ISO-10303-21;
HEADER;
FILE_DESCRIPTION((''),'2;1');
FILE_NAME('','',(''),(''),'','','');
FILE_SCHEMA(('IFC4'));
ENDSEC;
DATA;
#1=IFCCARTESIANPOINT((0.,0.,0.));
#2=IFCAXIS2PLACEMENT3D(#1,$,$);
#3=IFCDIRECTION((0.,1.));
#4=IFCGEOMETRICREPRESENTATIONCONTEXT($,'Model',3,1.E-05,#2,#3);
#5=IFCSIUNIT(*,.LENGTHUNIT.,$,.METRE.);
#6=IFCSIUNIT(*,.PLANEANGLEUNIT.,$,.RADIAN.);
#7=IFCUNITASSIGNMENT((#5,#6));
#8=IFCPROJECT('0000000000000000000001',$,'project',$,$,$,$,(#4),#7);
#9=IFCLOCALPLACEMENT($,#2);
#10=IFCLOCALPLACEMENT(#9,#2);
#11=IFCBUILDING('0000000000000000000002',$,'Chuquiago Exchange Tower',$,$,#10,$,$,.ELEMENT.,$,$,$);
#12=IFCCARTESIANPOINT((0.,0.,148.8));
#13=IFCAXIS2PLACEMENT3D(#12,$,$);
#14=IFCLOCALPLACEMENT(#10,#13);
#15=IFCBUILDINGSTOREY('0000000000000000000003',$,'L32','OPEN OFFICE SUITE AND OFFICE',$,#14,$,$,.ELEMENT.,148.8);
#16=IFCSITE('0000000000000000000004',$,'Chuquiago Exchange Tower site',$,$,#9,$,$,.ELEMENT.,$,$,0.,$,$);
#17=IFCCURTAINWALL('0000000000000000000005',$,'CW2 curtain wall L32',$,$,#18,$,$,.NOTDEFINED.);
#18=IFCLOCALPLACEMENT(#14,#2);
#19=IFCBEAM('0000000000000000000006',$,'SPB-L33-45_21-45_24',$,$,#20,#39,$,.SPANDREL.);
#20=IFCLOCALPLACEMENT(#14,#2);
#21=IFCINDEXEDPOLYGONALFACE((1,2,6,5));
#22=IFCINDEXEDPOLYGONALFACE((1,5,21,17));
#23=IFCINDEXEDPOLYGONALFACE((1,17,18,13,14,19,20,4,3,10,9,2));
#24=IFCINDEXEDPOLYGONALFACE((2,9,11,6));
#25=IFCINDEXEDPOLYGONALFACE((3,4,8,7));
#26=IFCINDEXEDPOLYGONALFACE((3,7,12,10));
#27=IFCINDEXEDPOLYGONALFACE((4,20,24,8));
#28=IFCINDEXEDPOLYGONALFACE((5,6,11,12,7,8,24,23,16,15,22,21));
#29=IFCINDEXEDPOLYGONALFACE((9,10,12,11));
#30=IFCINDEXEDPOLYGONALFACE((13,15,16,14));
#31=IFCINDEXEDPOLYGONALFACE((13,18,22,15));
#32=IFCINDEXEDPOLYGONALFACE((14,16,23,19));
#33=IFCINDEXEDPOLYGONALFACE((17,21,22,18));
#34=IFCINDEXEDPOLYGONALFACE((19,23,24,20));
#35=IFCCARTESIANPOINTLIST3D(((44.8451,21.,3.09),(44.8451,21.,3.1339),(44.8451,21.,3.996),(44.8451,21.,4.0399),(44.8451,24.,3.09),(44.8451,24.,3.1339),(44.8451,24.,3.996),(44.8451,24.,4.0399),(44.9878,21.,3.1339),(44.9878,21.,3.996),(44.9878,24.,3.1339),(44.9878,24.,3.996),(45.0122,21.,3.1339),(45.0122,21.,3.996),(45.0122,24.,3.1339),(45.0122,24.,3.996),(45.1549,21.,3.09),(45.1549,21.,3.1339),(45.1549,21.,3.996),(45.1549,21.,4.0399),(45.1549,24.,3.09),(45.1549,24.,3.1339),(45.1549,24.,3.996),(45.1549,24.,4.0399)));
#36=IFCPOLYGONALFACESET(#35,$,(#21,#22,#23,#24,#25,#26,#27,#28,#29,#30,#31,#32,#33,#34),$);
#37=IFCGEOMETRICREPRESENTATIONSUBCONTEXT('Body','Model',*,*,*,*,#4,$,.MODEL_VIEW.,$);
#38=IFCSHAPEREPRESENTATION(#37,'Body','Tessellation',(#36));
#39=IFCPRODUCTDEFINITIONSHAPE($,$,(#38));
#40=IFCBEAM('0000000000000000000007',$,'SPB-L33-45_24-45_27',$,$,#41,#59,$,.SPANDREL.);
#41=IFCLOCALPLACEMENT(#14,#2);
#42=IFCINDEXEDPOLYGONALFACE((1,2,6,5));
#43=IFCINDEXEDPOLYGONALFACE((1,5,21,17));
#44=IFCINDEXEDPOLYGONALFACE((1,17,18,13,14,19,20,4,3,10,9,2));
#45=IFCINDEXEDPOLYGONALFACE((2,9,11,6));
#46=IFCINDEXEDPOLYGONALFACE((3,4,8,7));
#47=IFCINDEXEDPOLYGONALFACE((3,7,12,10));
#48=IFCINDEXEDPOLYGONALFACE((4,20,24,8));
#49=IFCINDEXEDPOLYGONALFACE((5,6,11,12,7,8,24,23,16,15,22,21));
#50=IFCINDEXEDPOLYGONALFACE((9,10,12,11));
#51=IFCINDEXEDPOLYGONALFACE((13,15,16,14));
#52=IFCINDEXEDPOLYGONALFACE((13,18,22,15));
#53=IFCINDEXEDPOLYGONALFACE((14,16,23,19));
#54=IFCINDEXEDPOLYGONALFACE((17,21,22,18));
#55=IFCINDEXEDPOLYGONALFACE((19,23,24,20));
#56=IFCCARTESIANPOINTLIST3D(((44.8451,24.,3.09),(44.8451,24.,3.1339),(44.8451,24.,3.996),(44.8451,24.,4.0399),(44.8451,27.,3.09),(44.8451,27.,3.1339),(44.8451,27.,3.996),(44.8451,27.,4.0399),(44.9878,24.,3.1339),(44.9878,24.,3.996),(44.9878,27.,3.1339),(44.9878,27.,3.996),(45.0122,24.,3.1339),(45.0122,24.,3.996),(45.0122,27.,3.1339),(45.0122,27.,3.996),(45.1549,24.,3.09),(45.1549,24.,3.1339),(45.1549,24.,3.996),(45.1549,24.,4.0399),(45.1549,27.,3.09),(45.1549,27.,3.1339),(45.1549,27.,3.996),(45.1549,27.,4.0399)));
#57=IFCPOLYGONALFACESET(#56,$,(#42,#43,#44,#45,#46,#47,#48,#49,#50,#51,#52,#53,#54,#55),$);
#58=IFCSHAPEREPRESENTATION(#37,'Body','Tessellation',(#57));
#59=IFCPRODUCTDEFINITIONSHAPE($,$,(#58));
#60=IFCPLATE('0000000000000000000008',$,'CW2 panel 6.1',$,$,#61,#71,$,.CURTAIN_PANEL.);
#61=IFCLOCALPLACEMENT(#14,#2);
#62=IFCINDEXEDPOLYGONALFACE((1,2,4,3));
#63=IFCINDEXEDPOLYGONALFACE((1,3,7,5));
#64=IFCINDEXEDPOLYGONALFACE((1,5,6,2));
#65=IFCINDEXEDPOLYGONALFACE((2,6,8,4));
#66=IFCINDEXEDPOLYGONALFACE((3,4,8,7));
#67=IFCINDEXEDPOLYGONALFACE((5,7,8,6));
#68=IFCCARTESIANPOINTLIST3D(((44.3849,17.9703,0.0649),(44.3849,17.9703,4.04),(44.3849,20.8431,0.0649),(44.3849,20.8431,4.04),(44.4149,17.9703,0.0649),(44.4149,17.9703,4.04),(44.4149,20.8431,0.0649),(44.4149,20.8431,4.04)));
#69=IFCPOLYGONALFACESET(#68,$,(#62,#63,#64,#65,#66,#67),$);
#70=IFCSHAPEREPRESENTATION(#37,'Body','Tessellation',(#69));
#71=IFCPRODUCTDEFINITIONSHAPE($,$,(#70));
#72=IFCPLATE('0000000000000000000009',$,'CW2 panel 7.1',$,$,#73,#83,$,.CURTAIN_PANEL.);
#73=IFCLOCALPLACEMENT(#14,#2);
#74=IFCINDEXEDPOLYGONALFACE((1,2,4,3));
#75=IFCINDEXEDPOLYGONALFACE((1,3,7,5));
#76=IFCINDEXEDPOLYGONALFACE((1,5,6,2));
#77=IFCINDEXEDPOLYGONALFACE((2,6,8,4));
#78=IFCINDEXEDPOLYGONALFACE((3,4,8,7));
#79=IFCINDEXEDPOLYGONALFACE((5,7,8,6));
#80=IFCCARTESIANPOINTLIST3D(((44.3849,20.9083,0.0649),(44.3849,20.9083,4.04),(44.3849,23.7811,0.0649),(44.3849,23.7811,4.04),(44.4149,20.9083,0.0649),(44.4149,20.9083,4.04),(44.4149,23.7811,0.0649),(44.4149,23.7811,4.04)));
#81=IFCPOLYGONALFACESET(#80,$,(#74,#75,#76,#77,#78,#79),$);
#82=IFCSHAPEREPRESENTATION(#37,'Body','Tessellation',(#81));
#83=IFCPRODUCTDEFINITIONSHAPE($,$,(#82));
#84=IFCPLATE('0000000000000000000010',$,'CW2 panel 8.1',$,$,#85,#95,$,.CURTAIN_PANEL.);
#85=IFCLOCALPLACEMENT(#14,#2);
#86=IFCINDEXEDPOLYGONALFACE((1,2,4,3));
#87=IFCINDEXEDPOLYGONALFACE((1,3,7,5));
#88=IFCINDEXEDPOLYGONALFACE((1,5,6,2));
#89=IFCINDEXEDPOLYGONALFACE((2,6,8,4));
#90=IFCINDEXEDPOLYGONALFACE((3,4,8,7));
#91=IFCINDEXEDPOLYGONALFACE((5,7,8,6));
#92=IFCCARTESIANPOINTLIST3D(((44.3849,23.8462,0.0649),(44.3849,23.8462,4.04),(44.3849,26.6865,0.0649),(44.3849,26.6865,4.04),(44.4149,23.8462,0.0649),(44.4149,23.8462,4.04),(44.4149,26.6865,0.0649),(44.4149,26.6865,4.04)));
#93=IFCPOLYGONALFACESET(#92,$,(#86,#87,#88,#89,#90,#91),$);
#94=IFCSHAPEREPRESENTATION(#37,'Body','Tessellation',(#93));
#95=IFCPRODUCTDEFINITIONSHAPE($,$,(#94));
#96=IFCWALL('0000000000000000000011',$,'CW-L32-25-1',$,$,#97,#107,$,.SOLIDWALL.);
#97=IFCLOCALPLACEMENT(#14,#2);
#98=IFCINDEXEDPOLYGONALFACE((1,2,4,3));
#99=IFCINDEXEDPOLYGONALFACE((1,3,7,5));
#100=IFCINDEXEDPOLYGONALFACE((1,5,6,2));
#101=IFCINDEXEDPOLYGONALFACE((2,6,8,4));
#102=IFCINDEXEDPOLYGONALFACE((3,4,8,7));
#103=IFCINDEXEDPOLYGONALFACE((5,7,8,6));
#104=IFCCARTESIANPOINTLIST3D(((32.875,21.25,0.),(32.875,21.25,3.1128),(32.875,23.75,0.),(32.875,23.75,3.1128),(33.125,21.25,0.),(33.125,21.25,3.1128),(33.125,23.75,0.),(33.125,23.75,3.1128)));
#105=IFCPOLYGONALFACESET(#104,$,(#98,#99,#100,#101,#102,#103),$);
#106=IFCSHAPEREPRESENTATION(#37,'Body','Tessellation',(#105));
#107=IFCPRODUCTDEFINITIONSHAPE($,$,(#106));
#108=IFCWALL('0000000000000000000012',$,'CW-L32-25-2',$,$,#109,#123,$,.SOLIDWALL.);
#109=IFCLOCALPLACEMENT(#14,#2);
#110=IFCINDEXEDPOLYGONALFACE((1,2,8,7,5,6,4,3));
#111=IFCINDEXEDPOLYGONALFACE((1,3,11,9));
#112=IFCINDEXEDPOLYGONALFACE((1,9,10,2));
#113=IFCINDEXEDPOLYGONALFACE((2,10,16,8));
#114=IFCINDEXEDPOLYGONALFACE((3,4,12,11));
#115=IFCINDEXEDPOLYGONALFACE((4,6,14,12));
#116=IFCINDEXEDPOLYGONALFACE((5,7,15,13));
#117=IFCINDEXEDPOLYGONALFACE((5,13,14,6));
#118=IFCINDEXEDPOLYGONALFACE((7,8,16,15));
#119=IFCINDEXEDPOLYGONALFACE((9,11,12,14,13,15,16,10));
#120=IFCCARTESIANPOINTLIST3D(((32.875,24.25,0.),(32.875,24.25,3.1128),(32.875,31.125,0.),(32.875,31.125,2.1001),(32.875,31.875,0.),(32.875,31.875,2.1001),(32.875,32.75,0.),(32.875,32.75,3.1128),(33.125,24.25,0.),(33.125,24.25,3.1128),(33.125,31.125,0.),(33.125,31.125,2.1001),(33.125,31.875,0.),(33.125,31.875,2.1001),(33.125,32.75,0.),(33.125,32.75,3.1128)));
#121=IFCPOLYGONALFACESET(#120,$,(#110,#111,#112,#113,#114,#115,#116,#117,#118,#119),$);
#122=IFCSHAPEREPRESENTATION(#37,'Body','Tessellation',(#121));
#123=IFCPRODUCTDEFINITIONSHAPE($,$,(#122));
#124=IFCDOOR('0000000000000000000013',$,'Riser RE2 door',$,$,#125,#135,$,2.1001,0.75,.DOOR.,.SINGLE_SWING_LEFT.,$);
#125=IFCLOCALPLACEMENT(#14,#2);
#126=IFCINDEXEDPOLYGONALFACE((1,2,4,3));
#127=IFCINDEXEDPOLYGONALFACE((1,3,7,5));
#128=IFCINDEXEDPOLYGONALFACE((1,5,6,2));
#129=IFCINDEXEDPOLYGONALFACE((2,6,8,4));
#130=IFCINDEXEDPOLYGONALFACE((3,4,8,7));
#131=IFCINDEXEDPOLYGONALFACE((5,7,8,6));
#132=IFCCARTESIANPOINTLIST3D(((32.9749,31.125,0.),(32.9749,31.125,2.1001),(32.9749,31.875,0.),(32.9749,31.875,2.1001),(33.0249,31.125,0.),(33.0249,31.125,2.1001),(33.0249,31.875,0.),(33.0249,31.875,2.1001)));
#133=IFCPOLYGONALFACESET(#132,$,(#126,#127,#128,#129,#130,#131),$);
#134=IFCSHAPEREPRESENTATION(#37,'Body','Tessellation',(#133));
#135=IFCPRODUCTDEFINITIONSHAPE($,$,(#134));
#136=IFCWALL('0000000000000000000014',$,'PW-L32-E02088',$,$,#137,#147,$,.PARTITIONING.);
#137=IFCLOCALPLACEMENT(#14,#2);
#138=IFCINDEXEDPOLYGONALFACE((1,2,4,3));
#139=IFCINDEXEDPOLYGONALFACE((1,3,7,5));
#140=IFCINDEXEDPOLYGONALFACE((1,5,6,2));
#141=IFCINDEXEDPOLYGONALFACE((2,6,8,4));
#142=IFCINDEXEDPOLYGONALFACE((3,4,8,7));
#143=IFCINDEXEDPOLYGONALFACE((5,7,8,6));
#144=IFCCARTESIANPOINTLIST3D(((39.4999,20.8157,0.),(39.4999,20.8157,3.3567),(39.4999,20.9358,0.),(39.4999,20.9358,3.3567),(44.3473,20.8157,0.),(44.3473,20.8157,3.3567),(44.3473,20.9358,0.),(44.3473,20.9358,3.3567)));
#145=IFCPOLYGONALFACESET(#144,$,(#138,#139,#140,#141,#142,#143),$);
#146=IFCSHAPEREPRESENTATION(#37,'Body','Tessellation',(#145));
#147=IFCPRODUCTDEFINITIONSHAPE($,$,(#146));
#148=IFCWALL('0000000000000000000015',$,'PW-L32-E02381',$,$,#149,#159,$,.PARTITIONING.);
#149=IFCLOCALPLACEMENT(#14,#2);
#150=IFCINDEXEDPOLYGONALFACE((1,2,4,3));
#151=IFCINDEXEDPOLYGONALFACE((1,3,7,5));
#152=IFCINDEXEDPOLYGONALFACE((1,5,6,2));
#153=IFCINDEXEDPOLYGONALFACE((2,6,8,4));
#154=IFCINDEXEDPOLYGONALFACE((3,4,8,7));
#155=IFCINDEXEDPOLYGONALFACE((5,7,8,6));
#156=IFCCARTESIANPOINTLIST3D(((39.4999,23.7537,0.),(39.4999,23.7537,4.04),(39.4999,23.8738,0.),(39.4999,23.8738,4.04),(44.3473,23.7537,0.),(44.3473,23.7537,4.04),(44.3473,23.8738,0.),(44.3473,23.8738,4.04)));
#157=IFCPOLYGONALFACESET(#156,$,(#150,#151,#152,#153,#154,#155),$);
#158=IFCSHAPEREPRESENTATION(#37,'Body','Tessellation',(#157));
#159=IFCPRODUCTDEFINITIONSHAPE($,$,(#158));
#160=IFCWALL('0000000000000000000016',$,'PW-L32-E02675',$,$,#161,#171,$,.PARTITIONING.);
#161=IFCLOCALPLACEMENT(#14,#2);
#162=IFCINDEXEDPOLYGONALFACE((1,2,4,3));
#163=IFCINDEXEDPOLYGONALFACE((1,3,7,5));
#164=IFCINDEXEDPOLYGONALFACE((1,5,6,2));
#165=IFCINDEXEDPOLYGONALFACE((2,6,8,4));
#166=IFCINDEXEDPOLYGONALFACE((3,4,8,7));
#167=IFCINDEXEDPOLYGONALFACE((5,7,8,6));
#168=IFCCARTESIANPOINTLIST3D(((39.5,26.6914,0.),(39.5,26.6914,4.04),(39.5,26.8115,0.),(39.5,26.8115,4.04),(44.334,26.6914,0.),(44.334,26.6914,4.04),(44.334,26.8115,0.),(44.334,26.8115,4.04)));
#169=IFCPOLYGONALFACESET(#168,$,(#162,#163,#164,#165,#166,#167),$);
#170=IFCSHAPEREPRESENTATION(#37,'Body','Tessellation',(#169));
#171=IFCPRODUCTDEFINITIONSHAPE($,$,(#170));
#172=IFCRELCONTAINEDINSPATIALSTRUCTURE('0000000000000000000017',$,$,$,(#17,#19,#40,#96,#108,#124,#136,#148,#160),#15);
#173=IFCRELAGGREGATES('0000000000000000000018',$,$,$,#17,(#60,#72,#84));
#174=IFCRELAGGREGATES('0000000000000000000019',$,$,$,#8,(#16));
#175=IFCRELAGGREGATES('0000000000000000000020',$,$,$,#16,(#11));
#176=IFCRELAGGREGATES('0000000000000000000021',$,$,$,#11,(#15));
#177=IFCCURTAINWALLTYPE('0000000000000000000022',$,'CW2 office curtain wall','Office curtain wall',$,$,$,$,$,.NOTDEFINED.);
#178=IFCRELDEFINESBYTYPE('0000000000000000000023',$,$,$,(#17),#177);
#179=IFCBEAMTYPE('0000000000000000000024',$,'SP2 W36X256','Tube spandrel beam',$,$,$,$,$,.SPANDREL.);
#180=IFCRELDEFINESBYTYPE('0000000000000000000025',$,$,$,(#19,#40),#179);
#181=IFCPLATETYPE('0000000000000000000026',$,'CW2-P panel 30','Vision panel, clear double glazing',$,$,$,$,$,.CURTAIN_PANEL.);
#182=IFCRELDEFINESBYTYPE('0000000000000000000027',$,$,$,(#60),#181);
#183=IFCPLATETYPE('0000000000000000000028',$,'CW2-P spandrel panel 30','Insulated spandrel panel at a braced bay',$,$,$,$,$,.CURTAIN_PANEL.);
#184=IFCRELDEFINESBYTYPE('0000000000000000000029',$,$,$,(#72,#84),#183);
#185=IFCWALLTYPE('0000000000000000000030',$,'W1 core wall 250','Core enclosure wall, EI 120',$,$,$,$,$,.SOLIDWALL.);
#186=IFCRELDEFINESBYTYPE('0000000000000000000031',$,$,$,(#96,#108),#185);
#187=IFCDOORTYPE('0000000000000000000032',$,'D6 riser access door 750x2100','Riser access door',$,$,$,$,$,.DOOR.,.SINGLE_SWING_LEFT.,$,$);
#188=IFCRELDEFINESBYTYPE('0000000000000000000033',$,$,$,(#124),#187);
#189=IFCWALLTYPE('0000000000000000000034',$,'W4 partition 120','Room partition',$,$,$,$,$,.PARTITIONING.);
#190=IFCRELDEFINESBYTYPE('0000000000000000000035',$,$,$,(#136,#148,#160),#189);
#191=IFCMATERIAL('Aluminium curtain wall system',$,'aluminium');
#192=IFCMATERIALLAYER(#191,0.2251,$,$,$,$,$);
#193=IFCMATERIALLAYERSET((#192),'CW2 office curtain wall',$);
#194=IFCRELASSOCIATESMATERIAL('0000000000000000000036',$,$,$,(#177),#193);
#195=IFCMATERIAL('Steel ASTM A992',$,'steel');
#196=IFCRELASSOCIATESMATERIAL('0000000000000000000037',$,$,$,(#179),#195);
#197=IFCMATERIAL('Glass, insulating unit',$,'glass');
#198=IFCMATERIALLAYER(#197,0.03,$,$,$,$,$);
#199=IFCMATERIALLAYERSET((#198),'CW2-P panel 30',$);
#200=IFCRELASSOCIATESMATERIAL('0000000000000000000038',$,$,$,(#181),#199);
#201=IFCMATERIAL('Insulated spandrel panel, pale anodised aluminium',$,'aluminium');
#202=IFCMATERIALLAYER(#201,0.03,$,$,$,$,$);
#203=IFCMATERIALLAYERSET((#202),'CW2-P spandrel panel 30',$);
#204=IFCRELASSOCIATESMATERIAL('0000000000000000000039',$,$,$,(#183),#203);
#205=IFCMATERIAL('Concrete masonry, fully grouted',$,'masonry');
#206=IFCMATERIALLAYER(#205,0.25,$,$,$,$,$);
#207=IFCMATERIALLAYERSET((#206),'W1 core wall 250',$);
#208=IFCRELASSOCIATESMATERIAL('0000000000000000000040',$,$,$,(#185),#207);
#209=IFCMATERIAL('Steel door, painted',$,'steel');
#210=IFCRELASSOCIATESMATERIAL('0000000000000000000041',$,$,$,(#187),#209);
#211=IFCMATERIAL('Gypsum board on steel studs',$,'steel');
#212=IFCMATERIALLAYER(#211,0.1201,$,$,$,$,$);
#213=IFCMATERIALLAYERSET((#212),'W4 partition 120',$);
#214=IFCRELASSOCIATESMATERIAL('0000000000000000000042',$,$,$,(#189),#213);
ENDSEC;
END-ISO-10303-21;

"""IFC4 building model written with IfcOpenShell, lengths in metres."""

from ifc_helpers import new_model, si_unit, direction, frame, frame_2d, origin, origin_2d, place, context, subcontext, project, spatial, rectangle, i_section, extrude, material, layer, layer_set, material_profile, profile_set, type_object, element, fill, aggregate, save


model = new_model("IFC4")

# Units and contexts
model_context = context("Model", 3, precision=1e-05, world=origin(), true_north=direction((0.0, 1.0)))
body_context = subcontext(model_context, "Body", "Model", "MODEL_VIEW")
ifc_project = project(units=[si_unit("LENGTHUNIT", "METRE"), si_unit("PLANEANGLEUNIT", "RADIAN")], contexts=[model_context])

# Site, building, storey
site_placement = place(None, origin())
site = spatial("IfcSite", under=ifc_project, at=site_placement, Name="Chuquiago Exchange Tower site", CompositionType="ELEMENT", RefElevation=0.0)
building_placement = place(site_placement, origin())
building = spatial("IfcBuilding", under=site, at=building_placement, Name="Chuquiago Exchange Tower", CompositionType="ELEMENT")
storey_placement = place(building_placement, frame((0.0, 0.0, 148.8)))
storey = spatial("IfcBuildingStorey", under=building, at=storey_placement, Name="L32", Description="OPEN OFFICE SUITE AND OFFICE", CompositionType="ELEMENT", Elevation=148.8)

# Curtain wall
ifc_material_1 = material(Name="Aluminium curtain wall system", Category="aluminium")
ifc_layer_1 = layer(ifc_material_1, 0.2251)
ifc_layer_set_1 = layer_set([ifc_layer_1], Name="CW2 office curtain wall")
curtain_wall_type_1 = type_object("IfcCurtainWallType", Name="CW2 office curtain wall", Description="Office curtain wall", PredefinedType="NOTDEFINED", material=ifc_layer_set_1)
curtain_wall_1_placement = place(storey_placement, origin())
curtain_wall_1 = element("IfcCurtainWall", 1, at=curtain_wall_1_placement, inside=storey, type_object=curtain_wall_type_1, Name="CW2 curtain wall L32", PredefinedType="NOTDEFINED")

# Beams
ifc_material_2 = material(Name="Steel ASTM A992", Category="steel")
ifc_material_profile_1 = material_profile(ifc_material_2, i_section(OverallWidth=0.3098, OverallDepth=0.95, WebThickness=0.0244, FlangeThickness=0.0439, at=origin_2d()), Name="W36X256")
ifc_profile_set_1 = profile_set([ifc_material_profile_1], Name="Steel ASTM A992")
beam_type_1 = type_object("IfcBeamType", Name="SP2 W36X256", Description="Tube spandrel beam", PredefinedType="SPANDREL", material=ifc_profile_set_1)
for number, where, z_axis, x_axis, name in (
    (2, (45.0, 21.0, 3.5649), (0.0, 1.0, 0.0), (-1.0, 0.0, 0.0), "SPB-L33-45_21-45_24"),
    (3, (45.0, 24.0, 3.5649), (0.0, 1.0, 0.0), (-1.0, 0.0, 0.0), "SPB-L33-45_24-45_27"),
):
    element("IfcBeam", number, at=place(storey_placement, frame(where, z_axis=z_axis, x_axis=x_axis)), inside=storey, type_object=beam_type_1, Name=name, PredefinedType="SPANDREL", context=body_context, shape_type="SweptSolid", body=[
        extrude(i_section(OverallWidth=0.3098, OverallDepth=0.95, WebThickness=0.0244, FlangeThickness=0.0439, at=origin_2d()), origin(), (0.0, 0.0, 1.0), 3.0),
    ])

# Plates
ifc_material_3 = material(Name="Glass, insulating unit", Category="glass")
ifc_layer_2 = layer(ifc_material_3, 0.03)
ifc_layer_set_2 = layer_set([ifc_layer_2], Name="CW2-P panel 30")
plate_type_1 = type_object("IfcPlateType", Name="CW2-P panel 30", Description="Vision panel, clear double glazing", PredefinedType="CURTAIN_PANEL", material=ifc_layer_set_2)
plate_1_placement = place(storey_placement, frame((44.3999, 19.4067, 0.0649), z_axis=(0.0, 0.0, 1.0), x_axis=(0.0, 1.0, 0.0)))
plate_1 = element("IfcPlate", 4, at=plate_1_placement, type_object=plate_type_1, Name="CW2 panel 6.1", PredefinedType="CURTAIN_PANEL", context=body_context, shape_type="SweptSolid", body=[
    extrude(rectangle(XDim=2.8728, YDim=0.03, at=origin_2d()), origin(), (0.0, 0.0, 1.0), 3.9751),
])
ifc_material_4 = material(Name="Insulated spandrel panel, pale anodised aluminium", Category="aluminium")
ifc_layer_3 = layer(ifc_material_4, 0.03)
ifc_layer_set_3 = layer_set([ifc_layer_3], Name="CW2-P spandrel panel 30")
plate_type_2 = type_object("IfcPlateType", Name="CW2-P spandrel panel 30", Description="Insulated spandrel panel at a braced bay", PredefinedType="CURTAIN_PANEL", material=ifc_layer_set_3)
plate_2_placement = place(storey_placement, frame((44.3999, 22.3447, 0.0649), z_axis=(0.0, 0.0, 1.0), x_axis=(0.0, 1.0, 0.0)))
plate_2 = element("IfcPlate", 5, at=plate_2_placement, type_object=plate_type_2, Name="CW2 panel 7.1", PredefinedType="CURTAIN_PANEL", context=body_context, shape_type="SweptSolid", body=[
    extrude(rectangle(XDim=2.8728, YDim=0.03, at=origin_2d()), origin(), (0.0, 0.0, 1.0), 3.9751),
])
plate_3_placement = place(storey_placement, frame((44.3999, 25.2664, 0.0649), z_axis=(0.0, 0.0, 1.0), x_axis=(0.0, 1.0, 0.0)))
plate_3 = element("IfcPlate", 6, at=plate_3_placement, type_object=plate_type_2, Name="CW2 panel 8.1", PredefinedType="CURTAIN_PANEL", context=body_context, shape_type="SweptSolid", body=[
    extrude(rectangle(XDim=2.8403, YDim=0.03, at=origin_2d()), origin(), (0.0, 0.0, 1.0), 3.9751),
])
aggregate(curtain_wall_1, [plate_1, plate_2, plate_3])

# Wall
ifc_material_5 = material(Name="Concrete masonry, fully grouted", Category="masonry")
ifc_layer_4 = layer(ifc_material_5, 0.25)
ifc_layer_set_4 = layer_set([ifc_layer_4], Name="W1 core wall 250")
wall_type_1 = type_object("IfcWallType", Name="W1 core wall 250", Description="Core enclosure wall, EI 120", PredefinedType="SOLIDWALL", material=ifc_layer_set_4)
wall_1_placement = place(storey_placement, frame((33.0, 21.25, 0.0), z_axis=(0.0, 0.0, 1.0), x_axis=(0.0, 1.0, 0.0)))
element("IfcWall", 7, at=wall_1_placement, inside=storey, type_object=wall_type_1, Name="CW-L32-25-1", PredefinedType="SOLIDWALL", context=body_context, shape_type="SweptSolid", body=[
    extrude(rectangle(XDim=2.5, YDim=0.25, at=frame_2d((1.25, 0.0))), origin(), (0.0, 0.0, 1.0), 3.1128),
])

# Wall, opening, door
wall_2_placement = place(storey_placement, frame((33.0, 24.25, 0.0), z_axis=(0.0, 0.0, 1.0), x_axis=(0.0, 1.0, 0.0)))
wall_2 = element("IfcWall", 8, at=wall_2_placement, inside=storey, type_object=wall_type_1, Name="CW-L32-25-2", PredefinedType="SOLIDWALL", context=body_context, shape_type="SweptSolid", body=[
    extrude(rectangle(XDim=8.5, YDim=0.25, at=frame_2d((4.25, 0.0))), origin(), (0.0, 0.0, 1.0), 3.1128),
])
opening_1_placement = place(wall_2_placement, frame((6.875, 0.0, 0.0)))
opening_1 = element("IfcOpeningElement", 9, at=opening_1_placement, cuts=wall_2, PredefinedType="OPENING", context=body_context, shape_type="SweptSolid", body=[
    extrude(rectangle(XDim=0.75, YDim=2.1001, at=frame_2d((0.375, 1.05))), frame((0.0, 0.135, 0.0), z_axis=(0.0, -1.0, 0.0), x_axis=(1.0, 0.0, 0.0)), (0.0, 0.0, 1.0), 0.27),
])
ifc_material_6 = material(Name="Steel door, painted", Category="steel")
door_type_1 = type_object("IfcDoorType", Name="D6 riser access door 750x2100", Description="Riser access door", OperationType="SINGLE_SWING_LEFT", PredefinedType="DOOR", material=ifc_material_6)
door_1_placement = place(opening_1_placement, frame((0.75, 0.0, 0.0), z_axis=(0.0, 0.0, 1.0), x_axis=(-1.0, 0.0, 0.0)))
door_1 = element("IfcDoor", 10, at=door_1_placement, inside=storey, type_object=door_type_1, Name="Riser RE2 door", OperationType="SINGLE_SWING_LEFT", OverallHeight=2.1001, OverallWidth=0.75, PredefinedType="DOOR", context=body_context, shape_type="SweptSolid", body=[
    extrude(rectangle(XDim=0.75, YDim=2.1001, at=frame_2d((0.375, 1.05))), frame((0.0, 0.0249, 0.0), z_axis=(0.0, -1.0, 0.0), x_axis=(1.0, 0.0, 0.0)), (0.0, 0.0, 1.0), 0.05),
])
fill(opening_1, door_1)

# Walls
ifc_material_7 = material(Name="Gypsum board on steel studs", Category="steel")
ifc_layer_5 = layer(ifc_material_7, 0.1201)
ifc_layer_set_5 = layer_set([ifc_layer_5], Name="W4 partition 120")
wall_type_2 = type_object("IfcWallType", Name="W4 partition 120", Description="Room partition", PredefinedType="PARTITIONING", material=ifc_layer_set_5)
wall_3_placement = place(storey_placement, frame((44.3474, 20.8757, 0.0), z_axis=(0.0, 0.0, 1.0), x_axis=(-1.0, 0.0, 0.0)))
element("IfcWall", 11, at=wall_3_placement, inside=storey, type_object=wall_type_2, Name="PW-L32-E02088", PredefinedType="PARTITIONING", context=body_context, shape_type="SweptSolid", body=[
    extrude(rectangle(XDim=4.8474, YDim=0.1201, at=frame_2d((2.4238, 0.0))), origin(), (0.0, 0.0, 1.0), 3.3567),
])
wall_4_placement = place(storey_placement, frame((44.3474, 23.8137, 0.0), z_axis=(0.0, 0.0, 1.0), x_axis=(-1.0, 0.0, 0.0)))
element("IfcWall", 12, at=wall_4_placement, inside=storey, type_object=wall_type_2, Name="PW-L32-E02381", PredefinedType="PARTITIONING", context=body_context, shape_type="SweptSolid", body=[
    extrude(rectangle(XDim=4.8474, YDim=0.1201, at=frame_2d((2.4238, 0.0))), origin(), (0.0, 0.0, 1.0), 4.04),
])
wall_5_placement = place(storey_placement, frame((44.334, 26.7515, 0.0), z_axis=(0.0, 0.0, 1.0), x_axis=(-1.0, 0.0, 0.0)))
element("IfcWall", 13, at=wall_5_placement, inside=storey, type_object=wall_type_2, Name="PW-L32-E02675", PredefinedType="PARTITIONING", context=body_context, shape_type="SweptSolid", body=[
    extrude(rectangle(XDim=4.834, YDim=0.1201, at=frame_2d((2.417, 0.0))), origin(), (0.0, 0.0, 1.0), 4.04),
])

save(model, "model.ifc")
